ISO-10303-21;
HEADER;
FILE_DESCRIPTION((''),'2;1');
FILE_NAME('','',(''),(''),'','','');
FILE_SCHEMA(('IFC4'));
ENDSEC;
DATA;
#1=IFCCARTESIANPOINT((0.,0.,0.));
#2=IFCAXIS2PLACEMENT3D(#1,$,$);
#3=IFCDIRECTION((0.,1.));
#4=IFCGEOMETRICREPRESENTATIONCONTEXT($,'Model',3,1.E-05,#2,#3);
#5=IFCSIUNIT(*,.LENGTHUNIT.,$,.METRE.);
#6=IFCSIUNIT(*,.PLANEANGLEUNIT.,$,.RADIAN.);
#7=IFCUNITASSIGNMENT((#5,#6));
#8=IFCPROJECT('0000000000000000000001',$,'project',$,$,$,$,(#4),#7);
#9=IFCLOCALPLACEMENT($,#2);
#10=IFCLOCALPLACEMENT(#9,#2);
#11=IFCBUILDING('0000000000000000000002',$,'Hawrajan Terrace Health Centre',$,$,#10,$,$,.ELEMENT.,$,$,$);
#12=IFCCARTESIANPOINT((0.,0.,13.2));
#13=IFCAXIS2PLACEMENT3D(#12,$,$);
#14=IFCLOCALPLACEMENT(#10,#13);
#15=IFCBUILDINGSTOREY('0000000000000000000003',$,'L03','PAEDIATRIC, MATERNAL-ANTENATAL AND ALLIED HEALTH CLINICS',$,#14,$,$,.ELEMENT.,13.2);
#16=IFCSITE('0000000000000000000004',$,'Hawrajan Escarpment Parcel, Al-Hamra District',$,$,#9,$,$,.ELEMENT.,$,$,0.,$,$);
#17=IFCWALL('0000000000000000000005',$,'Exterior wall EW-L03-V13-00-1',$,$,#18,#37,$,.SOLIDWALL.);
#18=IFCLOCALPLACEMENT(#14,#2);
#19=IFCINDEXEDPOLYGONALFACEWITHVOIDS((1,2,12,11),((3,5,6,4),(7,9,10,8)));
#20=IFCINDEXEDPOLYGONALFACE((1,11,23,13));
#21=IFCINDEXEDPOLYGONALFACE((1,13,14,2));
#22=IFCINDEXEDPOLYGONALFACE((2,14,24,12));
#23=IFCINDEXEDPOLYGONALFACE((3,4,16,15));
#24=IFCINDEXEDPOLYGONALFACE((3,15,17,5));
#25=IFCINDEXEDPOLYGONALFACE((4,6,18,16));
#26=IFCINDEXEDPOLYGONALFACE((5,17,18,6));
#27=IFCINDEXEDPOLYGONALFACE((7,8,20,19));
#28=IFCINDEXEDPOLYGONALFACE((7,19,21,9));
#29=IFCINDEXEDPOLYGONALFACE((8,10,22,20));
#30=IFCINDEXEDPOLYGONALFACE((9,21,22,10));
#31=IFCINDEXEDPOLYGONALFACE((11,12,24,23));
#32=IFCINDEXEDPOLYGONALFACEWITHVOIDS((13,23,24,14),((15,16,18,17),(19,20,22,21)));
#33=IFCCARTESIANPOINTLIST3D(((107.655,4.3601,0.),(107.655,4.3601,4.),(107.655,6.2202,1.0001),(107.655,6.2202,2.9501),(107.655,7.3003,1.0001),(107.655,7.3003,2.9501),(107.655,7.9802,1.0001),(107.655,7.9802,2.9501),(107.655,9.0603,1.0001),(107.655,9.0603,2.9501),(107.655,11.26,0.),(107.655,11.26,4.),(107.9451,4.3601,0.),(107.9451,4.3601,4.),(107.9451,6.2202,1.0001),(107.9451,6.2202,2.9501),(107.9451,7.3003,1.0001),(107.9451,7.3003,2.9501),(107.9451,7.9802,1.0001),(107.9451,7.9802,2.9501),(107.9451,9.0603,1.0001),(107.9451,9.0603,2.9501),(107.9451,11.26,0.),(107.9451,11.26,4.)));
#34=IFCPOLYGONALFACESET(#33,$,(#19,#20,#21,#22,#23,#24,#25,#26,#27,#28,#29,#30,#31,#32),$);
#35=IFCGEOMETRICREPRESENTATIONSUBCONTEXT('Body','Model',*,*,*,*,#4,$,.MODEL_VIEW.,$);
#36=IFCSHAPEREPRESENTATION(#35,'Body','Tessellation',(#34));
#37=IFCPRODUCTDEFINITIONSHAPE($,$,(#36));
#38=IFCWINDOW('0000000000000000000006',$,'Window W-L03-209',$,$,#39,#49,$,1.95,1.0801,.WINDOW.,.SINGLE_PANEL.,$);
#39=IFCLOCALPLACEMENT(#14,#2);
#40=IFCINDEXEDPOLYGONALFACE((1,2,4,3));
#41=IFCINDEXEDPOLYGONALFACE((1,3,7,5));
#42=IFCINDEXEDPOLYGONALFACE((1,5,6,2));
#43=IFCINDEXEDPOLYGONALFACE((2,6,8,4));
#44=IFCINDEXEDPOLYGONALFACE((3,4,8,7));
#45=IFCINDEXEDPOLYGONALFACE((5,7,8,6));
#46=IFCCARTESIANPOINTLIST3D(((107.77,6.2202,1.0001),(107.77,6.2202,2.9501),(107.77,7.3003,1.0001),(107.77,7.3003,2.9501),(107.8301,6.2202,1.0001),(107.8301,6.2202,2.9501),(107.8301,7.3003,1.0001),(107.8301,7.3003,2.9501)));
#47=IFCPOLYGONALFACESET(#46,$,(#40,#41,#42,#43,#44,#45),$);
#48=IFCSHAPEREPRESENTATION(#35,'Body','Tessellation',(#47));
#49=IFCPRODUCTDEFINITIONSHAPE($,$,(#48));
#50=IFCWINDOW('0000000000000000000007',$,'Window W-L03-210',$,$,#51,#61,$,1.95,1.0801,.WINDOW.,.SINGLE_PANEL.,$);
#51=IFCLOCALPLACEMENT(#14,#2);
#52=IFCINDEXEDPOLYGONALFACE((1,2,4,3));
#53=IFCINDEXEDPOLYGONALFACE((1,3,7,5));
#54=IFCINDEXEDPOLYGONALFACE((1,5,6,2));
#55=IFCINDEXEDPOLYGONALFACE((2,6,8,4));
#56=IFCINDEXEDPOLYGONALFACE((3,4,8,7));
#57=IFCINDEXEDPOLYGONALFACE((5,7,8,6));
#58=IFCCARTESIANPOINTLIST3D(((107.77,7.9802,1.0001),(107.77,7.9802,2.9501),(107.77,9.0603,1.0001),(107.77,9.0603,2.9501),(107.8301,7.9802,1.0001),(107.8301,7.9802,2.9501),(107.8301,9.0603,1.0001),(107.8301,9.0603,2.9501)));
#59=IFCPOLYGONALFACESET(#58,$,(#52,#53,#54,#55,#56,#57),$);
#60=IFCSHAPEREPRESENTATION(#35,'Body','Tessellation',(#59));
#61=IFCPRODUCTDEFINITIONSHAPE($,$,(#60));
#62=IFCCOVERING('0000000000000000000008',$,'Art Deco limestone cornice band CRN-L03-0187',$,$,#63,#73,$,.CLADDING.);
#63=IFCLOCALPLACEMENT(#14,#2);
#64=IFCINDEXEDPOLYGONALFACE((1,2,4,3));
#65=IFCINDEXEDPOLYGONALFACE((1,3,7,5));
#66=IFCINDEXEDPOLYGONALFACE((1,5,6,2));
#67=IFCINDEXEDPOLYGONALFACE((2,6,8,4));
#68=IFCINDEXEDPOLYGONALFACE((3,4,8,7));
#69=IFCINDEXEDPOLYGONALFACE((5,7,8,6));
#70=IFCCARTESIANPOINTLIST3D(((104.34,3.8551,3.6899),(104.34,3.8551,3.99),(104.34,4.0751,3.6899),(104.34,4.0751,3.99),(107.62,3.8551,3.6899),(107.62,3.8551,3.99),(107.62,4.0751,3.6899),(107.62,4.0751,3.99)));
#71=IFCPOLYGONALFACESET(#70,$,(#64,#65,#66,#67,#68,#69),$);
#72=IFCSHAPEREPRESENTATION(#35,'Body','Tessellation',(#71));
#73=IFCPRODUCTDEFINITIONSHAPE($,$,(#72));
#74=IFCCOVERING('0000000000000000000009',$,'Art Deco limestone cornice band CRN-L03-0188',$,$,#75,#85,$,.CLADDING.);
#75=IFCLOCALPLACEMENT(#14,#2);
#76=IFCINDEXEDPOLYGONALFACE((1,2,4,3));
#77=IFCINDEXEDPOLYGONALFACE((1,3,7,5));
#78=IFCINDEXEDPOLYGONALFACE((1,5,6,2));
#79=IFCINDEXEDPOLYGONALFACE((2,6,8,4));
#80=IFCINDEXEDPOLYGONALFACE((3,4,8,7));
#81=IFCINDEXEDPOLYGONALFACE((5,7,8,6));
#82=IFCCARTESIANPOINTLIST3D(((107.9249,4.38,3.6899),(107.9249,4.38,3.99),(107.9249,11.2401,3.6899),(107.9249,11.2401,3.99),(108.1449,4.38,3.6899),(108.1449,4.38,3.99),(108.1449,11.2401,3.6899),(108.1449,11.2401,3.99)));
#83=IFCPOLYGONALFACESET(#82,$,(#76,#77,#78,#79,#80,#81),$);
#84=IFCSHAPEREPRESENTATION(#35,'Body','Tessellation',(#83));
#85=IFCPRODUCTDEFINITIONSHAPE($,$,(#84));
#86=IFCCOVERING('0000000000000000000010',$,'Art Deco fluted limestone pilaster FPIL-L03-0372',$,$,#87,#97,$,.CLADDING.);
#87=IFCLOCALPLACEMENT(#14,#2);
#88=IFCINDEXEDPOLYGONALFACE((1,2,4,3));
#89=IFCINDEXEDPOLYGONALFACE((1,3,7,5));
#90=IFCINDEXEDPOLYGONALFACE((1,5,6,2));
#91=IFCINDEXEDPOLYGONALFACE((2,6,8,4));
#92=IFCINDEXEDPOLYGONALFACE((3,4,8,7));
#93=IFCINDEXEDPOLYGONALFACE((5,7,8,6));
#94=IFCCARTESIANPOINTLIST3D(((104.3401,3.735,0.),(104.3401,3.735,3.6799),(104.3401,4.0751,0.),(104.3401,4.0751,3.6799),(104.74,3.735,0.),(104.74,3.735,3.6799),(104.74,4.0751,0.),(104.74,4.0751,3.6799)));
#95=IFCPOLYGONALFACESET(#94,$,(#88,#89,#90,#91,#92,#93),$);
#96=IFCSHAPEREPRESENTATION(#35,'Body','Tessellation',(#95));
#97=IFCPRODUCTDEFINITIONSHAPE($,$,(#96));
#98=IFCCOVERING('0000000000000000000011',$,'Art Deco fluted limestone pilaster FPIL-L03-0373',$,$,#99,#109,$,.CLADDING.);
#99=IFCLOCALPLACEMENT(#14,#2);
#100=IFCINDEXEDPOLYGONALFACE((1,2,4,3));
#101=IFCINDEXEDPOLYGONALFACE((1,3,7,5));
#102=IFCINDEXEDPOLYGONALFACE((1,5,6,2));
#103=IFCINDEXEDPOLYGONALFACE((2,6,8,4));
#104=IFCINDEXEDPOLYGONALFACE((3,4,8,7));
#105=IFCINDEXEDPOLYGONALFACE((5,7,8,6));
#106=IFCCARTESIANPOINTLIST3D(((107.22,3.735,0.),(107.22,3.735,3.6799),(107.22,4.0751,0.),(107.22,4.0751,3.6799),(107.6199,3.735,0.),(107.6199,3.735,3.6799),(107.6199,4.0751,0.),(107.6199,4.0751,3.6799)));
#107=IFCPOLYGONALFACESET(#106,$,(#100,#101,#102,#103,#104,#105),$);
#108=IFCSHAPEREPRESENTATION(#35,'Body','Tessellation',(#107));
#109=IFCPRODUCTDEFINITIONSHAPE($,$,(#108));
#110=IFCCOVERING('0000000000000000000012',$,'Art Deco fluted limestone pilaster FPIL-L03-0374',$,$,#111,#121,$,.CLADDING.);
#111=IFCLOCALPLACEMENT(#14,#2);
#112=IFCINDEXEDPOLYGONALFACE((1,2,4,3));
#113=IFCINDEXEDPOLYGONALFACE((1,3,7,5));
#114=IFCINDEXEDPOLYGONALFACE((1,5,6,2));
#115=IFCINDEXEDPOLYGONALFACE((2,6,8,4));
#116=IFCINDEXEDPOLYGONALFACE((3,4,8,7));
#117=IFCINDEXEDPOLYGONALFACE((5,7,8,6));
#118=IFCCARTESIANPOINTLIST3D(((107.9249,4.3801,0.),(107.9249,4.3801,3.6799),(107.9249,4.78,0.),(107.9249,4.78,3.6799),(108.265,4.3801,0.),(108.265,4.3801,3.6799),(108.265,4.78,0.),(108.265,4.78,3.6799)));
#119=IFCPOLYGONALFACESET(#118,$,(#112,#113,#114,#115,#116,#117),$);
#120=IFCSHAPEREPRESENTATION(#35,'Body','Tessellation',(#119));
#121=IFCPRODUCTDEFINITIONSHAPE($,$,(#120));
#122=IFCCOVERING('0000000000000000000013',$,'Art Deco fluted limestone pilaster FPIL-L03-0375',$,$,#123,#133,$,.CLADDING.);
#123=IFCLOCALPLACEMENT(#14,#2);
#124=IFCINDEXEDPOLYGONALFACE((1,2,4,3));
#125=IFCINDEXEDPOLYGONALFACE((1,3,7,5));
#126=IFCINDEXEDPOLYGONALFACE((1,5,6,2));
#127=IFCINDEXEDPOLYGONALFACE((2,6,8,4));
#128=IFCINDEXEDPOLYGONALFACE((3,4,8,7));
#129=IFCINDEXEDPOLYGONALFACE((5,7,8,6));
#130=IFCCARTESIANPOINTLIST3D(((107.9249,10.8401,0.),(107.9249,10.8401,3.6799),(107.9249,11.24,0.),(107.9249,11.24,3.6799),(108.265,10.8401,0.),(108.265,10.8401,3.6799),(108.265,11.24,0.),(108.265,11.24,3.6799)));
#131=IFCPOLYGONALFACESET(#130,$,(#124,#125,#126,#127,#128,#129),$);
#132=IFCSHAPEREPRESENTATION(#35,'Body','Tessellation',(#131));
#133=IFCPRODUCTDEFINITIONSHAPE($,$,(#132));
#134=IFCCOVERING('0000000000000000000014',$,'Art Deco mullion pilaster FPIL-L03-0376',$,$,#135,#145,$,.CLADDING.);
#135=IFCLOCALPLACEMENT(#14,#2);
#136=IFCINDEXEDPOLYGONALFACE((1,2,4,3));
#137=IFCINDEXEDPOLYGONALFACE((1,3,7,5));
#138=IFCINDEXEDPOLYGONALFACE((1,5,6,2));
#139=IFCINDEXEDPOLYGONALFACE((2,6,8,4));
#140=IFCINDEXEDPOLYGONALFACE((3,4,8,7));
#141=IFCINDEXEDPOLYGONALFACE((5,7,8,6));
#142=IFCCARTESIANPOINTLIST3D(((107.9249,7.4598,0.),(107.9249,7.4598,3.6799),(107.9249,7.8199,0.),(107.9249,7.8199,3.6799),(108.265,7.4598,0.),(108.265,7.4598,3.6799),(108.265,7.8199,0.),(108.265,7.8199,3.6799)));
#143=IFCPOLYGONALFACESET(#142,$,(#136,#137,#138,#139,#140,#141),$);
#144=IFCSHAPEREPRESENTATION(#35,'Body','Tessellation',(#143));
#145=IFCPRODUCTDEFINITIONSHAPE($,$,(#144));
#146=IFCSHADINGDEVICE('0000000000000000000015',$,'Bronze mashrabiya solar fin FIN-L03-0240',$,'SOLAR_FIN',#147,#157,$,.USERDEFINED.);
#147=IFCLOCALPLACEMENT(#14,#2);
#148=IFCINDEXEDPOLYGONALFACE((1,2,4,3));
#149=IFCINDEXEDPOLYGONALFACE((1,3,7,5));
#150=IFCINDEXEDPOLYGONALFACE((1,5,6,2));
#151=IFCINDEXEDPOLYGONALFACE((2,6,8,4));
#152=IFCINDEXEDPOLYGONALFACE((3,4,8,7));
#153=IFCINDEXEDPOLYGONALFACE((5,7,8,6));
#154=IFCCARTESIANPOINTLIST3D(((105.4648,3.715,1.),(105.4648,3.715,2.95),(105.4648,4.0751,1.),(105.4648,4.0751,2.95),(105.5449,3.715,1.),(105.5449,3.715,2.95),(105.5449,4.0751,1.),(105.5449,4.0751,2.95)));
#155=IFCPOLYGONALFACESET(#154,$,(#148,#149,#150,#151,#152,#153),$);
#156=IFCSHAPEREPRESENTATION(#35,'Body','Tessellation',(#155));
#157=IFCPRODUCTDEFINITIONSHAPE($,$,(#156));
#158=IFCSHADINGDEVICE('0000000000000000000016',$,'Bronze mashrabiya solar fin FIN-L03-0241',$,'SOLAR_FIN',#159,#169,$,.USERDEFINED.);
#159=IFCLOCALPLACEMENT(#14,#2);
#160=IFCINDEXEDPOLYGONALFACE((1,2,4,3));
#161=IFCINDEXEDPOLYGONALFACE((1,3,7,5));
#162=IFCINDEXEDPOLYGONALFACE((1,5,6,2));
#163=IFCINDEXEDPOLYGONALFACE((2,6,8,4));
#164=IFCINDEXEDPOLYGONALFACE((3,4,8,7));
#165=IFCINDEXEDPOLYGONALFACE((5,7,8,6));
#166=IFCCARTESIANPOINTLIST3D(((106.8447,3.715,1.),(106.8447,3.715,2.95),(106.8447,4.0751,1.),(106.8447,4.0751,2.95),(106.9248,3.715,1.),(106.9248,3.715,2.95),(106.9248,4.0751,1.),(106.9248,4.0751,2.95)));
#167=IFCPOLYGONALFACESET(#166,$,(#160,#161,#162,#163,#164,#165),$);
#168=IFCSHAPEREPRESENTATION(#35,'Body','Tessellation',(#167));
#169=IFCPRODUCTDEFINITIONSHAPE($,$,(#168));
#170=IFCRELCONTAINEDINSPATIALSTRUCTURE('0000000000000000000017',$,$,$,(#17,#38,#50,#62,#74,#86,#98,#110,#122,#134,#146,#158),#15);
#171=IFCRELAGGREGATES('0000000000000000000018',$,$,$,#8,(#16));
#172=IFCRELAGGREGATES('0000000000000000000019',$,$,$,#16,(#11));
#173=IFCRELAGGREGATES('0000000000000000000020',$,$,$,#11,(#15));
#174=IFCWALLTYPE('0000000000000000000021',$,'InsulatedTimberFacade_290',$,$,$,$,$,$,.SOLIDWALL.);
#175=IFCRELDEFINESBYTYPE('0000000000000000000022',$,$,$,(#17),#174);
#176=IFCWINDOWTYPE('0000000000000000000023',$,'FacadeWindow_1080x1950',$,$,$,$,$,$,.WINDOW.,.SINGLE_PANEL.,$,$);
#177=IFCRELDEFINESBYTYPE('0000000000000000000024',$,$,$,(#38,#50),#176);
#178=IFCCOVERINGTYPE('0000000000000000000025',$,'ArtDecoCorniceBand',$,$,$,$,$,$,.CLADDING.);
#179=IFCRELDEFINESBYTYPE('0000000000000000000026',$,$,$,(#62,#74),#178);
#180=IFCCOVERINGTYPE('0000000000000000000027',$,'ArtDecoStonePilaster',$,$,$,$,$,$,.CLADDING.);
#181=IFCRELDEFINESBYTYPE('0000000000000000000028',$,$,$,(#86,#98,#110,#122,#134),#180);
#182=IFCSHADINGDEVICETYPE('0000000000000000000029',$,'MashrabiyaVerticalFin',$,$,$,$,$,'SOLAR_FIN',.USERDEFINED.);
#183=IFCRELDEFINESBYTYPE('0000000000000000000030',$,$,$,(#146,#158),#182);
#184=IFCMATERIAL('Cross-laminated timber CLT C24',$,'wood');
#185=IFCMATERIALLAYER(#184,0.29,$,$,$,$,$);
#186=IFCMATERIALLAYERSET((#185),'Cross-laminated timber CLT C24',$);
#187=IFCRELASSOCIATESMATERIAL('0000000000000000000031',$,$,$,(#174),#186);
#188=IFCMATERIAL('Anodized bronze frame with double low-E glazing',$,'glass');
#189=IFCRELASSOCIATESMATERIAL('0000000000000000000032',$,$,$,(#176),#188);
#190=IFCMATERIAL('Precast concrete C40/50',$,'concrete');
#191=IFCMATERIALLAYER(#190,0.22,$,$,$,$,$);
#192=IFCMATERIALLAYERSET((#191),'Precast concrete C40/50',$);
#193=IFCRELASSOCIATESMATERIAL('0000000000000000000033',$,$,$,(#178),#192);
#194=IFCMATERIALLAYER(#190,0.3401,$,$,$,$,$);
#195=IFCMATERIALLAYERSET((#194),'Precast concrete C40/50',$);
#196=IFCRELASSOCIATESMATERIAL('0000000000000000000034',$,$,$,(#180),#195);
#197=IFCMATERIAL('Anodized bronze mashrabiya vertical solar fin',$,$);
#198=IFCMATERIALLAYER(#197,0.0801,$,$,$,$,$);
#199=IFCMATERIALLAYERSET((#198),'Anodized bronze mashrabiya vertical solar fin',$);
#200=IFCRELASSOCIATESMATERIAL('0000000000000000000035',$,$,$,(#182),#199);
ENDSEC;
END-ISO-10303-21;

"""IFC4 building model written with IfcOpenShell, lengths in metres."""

from ifc_helpers import new_model, si_unit, direction, frame, frame_2d, origin, origin_2d, place, context, subcontext, project, spatial, rectangle, extrude, material, layer, layer_set, type_object, element, fill, save


model = new_model("IFC4")

# Units and contexts
model_context = context("Model", 3, precision=1e-05, world=origin(), true_north=direction((0.0, 1.0)))
body_context = subcontext(model_context, "Body", "Model", "MODEL_VIEW")
ifc_project = project(units=[si_unit("LENGTHUNIT", "METRE"), si_unit("PLANEANGLEUNIT", "RADIAN")], contexts=[model_context])

# Site, building, storey
site_placement = place(None, origin())
site = spatial("IfcSite", under=ifc_project, at=site_placement, Name="Hawrajan Escarpment Parcel, Al-Hamra District", CompositionType="ELEMENT", RefElevation=0.0)
building_placement = place(site_placement, origin())
building = spatial("IfcBuilding", under=site, at=building_placement, Name="Hawrajan Terrace Health Centre", CompositionType="ELEMENT")
storey_placement = place(building_placement, frame((0.0, 0.0, 13.2)))
storey = spatial("IfcBuildingStorey", under=building, at=storey_placement, Name="L03", Description="PAEDIATRIC, MATERNAL-ANTENATAL AND ALLIED HEALTH CLINICS", CompositionType="ELEMENT", Elevation=13.2)

# Wall, openings, windows
ifc_material_1 = material(Name="Cross-laminated timber CLT C24", Category="wood")
ifc_layer_1 = layer(ifc_material_1, 0.29)
ifc_layer_set_1 = layer_set([ifc_layer_1], Name="Cross-laminated timber CLT C24")
wall_type_1 = type_object("IfcWallType", Name="InsulatedTimberFacade_290", PredefinedType="SOLIDWALL", material=ifc_layer_set_1)
wall_1_placement = place(storey_placement, frame((107.8, 4.3601, 0.0), z_axis=(0.0, 0.0, 1.0), x_axis=(0.0, 1.0, 0.0)))
wall_1 = element("IfcWall", 1, at=wall_1_placement, inside=storey, type_object=wall_type_1, Name="Exterior wall EW-L03-V13-00-1", PredefinedType="SOLIDWALL", context=body_context, shape_type="SweptSolid", body=[
    extrude(rectangle(XDim=6.8999, YDim=0.29, at=frame_2d((3.45, 0.0))), origin(), (0.0, 0.0, 1.0), 4.0),
])
opening_1_placement = place(wall_1_placement, frame((1.8601, 0.0, 1.0)))
opening_1 = element("IfcOpeningElement", 2, at=opening_1_placement, cuts=wall_1, PredefinedType="OPENING", context=body_context, shape_type="SweptSolid", body=[
    extrude(rectangle(XDim=1.0801, YDim=1.95, at=frame_2d((0.54, 0.9751))), frame((0.0, 0.155, 0.0), z_axis=(0.0, -1.0, 0.0), x_axis=(1.0, 0.0, 0.0)), (0.0, 0.0, 1.0), 0.3101),
])
opening_2_placement = place(wall_1_placement, frame((3.6201, 0.0, 1.0)))
opening_2 = element("IfcOpeningElement", 3, at=opening_2_placement, cuts=wall_1, PredefinedType="OPENING", context=body_context, shape_type="SweptSolid", body=[
    extrude(rectangle(XDim=1.0801, YDim=1.95, at=frame_2d((0.54, 0.9751))), frame((0.0, 0.155, 0.0), z_axis=(0.0, -1.0, 0.0), x_axis=(1.0, 0.0, 0.0)), (0.0, 0.0, 1.0), 0.3101),
])
ifc_material_2 = material(Name="Anodized bronze frame with double low-E glazing", Category="glass")
window_type = type_object("IfcWindowType", Name="FacadeWindow_1080x1950", PartitioningType="SINGLE_PANEL", PredefinedType="WINDOW", material=ifc_material_2)
window_1_placement = place(opening_1_placement, origin())
window_1 = element("IfcWindow", 4, at=window_1_placement, inside=storey, type_object=window_type, Name="Window W-L03-209", OverallHeight=1.95, OverallWidth=1.0801, PartitioningType="SINGLE_PANEL", PredefinedType="WINDOW", context=body_context, shape_type="SweptSolid", body=[
    extrude(rectangle(XDim=1.0801, YDim=1.95, at=frame_2d((0.54, 0.9751))), frame((0.0, 0.03, 0.0), z_axis=(0.0, -1.0, 0.0), x_axis=(1.0, 0.0, 0.0)), (0.0, 0.0, 1.0), 0.0601),
])
fill(opening_1, window_1)
window_2_placement = place(opening_2_placement, origin())
window_2 = element("IfcWindow", 5, at=window_2_placement, inside=storey, type_object=window_type, Name="Window W-L03-210", OverallHeight=1.95, OverallWidth=1.0801, PartitioningType="SINGLE_PANEL", PredefinedType="WINDOW", context=body_context, shape_type="SweptSolid", body=[
    extrude(rectangle(XDim=1.0801, YDim=1.95, at=frame_2d((0.54, 0.9751))), frame((0.0, 0.03, 0.0), z_axis=(0.0, -1.0, 0.0), x_axis=(1.0, 0.0, 0.0)), (0.0, 0.0, 1.0), 0.0601),
])
fill(opening_2, window_2)

# Coverings
ifc_material_3 = material(Name="Precast concrete C40/50", Category="concrete")
ifc_layer_2 = layer(ifc_material_3, 0.22)
ifc_layer_set_2 = layer_set([ifc_layer_2], Name="Precast concrete C40/50")
covering_type_1 = type_object("IfcCoveringType", Name="ArtDecoCorniceBand", PredefinedType="CLADDING", material=ifc_layer_set_2)
covering_1_placement = place(storey_placement, frame((105.98, 3.9651, 3.6899), z_axis=(0.0, 0.0, 1.0), x_axis=(1.0, 0.0, 0.0)))
element("IfcCovering", 6, at=covering_1_placement, inside=storey, type_object=covering_type_1, Name="Art Deco limestone cornice band CRN-L03-0187", PredefinedType="CLADDING", context=body_context, shape_type="SweptSolid", body=[
    extrude(rectangle(XDim=3.28, YDim=0.22, at=origin_2d()), origin(), (0.0, 0.0, 1.0), 0.3),
])
covering_2_placement = place(storey_placement, frame((108.0349, 7.8101, 3.6899), z_axis=(0.0, 0.0, 1.0), x_axis=(0.0, 1.0, 0.0)))
element("IfcCovering", 7, at=covering_2_placement, inside=storey, type_object=covering_type_1, Name="Art Deco limestone cornice band CRN-L03-0188", PredefinedType="CLADDING", context=body_context, shape_type="SweptSolid", body=[
    extrude(rectangle(XDim=6.8601, YDim=0.22, at=origin_2d()), origin(), (0.0, 0.0, 1.0), 0.3),
])
ifc_layer_3 = layer(ifc_material_3, 0.3401)
ifc_layer_set_3 = layer_set([ifc_layer_3], Name="Precast concrete C40/50")
covering_type_2 = type_object("IfcCoveringType", Name="ArtDecoStonePilaster", PredefinedType="CLADDING", material=ifc_layer_set_3)
for number, where, z_axis, x_axis, name in (
    (8, (104.54, 3.905, 0.0), (0.0, 0.0, 1.0), (1.0, 0.0, 0.0), "Art Deco fluted limestone pilaster FPIL-L03-0372"),
    (9, (107.4199, 3.905, 0.0), (0.0, 0.0, 1.0), (1.0, 0.0, 0.0), "Art Deco fluted limestone pilaster FPIL-L03-0373"),
    (10, (108.095, 4.5801, 0.0), (0.0, 0.0, 1.0), (0.0, 1.0, 0.0), "Art Deco fluted limestone pilaster FPIL-L03-0374"),
    (11, (108.095, 11.04, 0.0), (0.0, 0.0, 1.0), (0.0, 1.0, 0.0), "Art Deco fluted limestone pilaster FPIL-L03-0375"),
):
    element("IfcCovering", number, at=place(storey_placement, frame(where, z_axis=z_axis, x_axis=x_axis)), inside=storey, type_object=covering_type_2, Name=name, PredefinedType="CLADDING", context=body_context, shape_type="SweptSolid", body=[
        extrude(rectangle(XDim=0.3999, YDim=0.3401, at=origin_2d()), origin(), (0.0, 0.0, 1.0), 3.6799),
    ])
covering_3_placement = place(storey_placement, frame((108.095, 7.6399, 0.0), z_axis=(0.0, 0.0, 1.0), x_axis=(0.0, 1.0, 0.0)))
element("IfcCovering", 12, at=covering_3_placement, inside=storey, type_object=covering_type_2, Name="Art Deco mullion pilaster FPIL-L03-0376", PredefinedType="CLADDING", context=body_context, shape_type="SweptSolid", body=[
    extrude(rectangle(XDim=0.3601, YDim=0.3401, at=origin_2d()), origin(), (0.0, 0.0, 1.0), 3.6799),
])

# Shading devices
ifc_material_4 = material(Name="Anodized bronze mashrabiya vertical solar fin")
ifc_layer_4 = layer(ifc_material_4, 0.0801)
ifc_layer_set_4 = layer_set([ifc_layer_4], Name="Anodized bronze mashrabiya vertical solar fin")
shading_device_type = type_object("IfcShadingDeviceType", Name="MashrabiyaVerticalFin", ElementType="SOLAR_FIN", PredefinedType="USERDEFINED", material=ifc_layer_set_4)
for number, where, z_axis, x_axis, name in (
    (13, (105.5049, 3.895, 1.0), (0.0, 0.0, 1.0), (1.0, 0.0, 0.0), "Bronze mashrabiya solar fin FIN-L03-0240"),
    (14, (106.8848, 3.895, 1.0), (0.0, 0.0, 1.0), (1.0, 0.0, 0.0), "Bronze mashrabiya solar fin FIN-L03-0241"),
):
    element("IfcShadingDevice", number, at=place(storey_placement, frame(where, z_axis=z_axis, x_axis=x_axis)), inside=storey, type_object=shading_device_type, Name=name, ObjectType="SOLAR_FIN", PredefinedType="USERDEFINED", context=body_context, shape_type="SweptSolid", body=[
        extrude(rectangle(XDim=0.0801, YDim=0.3601, at=origin_2d()), origin(), (0.0, 0.0, 1.0), 1.95),
    ])

save(model, "model.ifc")
